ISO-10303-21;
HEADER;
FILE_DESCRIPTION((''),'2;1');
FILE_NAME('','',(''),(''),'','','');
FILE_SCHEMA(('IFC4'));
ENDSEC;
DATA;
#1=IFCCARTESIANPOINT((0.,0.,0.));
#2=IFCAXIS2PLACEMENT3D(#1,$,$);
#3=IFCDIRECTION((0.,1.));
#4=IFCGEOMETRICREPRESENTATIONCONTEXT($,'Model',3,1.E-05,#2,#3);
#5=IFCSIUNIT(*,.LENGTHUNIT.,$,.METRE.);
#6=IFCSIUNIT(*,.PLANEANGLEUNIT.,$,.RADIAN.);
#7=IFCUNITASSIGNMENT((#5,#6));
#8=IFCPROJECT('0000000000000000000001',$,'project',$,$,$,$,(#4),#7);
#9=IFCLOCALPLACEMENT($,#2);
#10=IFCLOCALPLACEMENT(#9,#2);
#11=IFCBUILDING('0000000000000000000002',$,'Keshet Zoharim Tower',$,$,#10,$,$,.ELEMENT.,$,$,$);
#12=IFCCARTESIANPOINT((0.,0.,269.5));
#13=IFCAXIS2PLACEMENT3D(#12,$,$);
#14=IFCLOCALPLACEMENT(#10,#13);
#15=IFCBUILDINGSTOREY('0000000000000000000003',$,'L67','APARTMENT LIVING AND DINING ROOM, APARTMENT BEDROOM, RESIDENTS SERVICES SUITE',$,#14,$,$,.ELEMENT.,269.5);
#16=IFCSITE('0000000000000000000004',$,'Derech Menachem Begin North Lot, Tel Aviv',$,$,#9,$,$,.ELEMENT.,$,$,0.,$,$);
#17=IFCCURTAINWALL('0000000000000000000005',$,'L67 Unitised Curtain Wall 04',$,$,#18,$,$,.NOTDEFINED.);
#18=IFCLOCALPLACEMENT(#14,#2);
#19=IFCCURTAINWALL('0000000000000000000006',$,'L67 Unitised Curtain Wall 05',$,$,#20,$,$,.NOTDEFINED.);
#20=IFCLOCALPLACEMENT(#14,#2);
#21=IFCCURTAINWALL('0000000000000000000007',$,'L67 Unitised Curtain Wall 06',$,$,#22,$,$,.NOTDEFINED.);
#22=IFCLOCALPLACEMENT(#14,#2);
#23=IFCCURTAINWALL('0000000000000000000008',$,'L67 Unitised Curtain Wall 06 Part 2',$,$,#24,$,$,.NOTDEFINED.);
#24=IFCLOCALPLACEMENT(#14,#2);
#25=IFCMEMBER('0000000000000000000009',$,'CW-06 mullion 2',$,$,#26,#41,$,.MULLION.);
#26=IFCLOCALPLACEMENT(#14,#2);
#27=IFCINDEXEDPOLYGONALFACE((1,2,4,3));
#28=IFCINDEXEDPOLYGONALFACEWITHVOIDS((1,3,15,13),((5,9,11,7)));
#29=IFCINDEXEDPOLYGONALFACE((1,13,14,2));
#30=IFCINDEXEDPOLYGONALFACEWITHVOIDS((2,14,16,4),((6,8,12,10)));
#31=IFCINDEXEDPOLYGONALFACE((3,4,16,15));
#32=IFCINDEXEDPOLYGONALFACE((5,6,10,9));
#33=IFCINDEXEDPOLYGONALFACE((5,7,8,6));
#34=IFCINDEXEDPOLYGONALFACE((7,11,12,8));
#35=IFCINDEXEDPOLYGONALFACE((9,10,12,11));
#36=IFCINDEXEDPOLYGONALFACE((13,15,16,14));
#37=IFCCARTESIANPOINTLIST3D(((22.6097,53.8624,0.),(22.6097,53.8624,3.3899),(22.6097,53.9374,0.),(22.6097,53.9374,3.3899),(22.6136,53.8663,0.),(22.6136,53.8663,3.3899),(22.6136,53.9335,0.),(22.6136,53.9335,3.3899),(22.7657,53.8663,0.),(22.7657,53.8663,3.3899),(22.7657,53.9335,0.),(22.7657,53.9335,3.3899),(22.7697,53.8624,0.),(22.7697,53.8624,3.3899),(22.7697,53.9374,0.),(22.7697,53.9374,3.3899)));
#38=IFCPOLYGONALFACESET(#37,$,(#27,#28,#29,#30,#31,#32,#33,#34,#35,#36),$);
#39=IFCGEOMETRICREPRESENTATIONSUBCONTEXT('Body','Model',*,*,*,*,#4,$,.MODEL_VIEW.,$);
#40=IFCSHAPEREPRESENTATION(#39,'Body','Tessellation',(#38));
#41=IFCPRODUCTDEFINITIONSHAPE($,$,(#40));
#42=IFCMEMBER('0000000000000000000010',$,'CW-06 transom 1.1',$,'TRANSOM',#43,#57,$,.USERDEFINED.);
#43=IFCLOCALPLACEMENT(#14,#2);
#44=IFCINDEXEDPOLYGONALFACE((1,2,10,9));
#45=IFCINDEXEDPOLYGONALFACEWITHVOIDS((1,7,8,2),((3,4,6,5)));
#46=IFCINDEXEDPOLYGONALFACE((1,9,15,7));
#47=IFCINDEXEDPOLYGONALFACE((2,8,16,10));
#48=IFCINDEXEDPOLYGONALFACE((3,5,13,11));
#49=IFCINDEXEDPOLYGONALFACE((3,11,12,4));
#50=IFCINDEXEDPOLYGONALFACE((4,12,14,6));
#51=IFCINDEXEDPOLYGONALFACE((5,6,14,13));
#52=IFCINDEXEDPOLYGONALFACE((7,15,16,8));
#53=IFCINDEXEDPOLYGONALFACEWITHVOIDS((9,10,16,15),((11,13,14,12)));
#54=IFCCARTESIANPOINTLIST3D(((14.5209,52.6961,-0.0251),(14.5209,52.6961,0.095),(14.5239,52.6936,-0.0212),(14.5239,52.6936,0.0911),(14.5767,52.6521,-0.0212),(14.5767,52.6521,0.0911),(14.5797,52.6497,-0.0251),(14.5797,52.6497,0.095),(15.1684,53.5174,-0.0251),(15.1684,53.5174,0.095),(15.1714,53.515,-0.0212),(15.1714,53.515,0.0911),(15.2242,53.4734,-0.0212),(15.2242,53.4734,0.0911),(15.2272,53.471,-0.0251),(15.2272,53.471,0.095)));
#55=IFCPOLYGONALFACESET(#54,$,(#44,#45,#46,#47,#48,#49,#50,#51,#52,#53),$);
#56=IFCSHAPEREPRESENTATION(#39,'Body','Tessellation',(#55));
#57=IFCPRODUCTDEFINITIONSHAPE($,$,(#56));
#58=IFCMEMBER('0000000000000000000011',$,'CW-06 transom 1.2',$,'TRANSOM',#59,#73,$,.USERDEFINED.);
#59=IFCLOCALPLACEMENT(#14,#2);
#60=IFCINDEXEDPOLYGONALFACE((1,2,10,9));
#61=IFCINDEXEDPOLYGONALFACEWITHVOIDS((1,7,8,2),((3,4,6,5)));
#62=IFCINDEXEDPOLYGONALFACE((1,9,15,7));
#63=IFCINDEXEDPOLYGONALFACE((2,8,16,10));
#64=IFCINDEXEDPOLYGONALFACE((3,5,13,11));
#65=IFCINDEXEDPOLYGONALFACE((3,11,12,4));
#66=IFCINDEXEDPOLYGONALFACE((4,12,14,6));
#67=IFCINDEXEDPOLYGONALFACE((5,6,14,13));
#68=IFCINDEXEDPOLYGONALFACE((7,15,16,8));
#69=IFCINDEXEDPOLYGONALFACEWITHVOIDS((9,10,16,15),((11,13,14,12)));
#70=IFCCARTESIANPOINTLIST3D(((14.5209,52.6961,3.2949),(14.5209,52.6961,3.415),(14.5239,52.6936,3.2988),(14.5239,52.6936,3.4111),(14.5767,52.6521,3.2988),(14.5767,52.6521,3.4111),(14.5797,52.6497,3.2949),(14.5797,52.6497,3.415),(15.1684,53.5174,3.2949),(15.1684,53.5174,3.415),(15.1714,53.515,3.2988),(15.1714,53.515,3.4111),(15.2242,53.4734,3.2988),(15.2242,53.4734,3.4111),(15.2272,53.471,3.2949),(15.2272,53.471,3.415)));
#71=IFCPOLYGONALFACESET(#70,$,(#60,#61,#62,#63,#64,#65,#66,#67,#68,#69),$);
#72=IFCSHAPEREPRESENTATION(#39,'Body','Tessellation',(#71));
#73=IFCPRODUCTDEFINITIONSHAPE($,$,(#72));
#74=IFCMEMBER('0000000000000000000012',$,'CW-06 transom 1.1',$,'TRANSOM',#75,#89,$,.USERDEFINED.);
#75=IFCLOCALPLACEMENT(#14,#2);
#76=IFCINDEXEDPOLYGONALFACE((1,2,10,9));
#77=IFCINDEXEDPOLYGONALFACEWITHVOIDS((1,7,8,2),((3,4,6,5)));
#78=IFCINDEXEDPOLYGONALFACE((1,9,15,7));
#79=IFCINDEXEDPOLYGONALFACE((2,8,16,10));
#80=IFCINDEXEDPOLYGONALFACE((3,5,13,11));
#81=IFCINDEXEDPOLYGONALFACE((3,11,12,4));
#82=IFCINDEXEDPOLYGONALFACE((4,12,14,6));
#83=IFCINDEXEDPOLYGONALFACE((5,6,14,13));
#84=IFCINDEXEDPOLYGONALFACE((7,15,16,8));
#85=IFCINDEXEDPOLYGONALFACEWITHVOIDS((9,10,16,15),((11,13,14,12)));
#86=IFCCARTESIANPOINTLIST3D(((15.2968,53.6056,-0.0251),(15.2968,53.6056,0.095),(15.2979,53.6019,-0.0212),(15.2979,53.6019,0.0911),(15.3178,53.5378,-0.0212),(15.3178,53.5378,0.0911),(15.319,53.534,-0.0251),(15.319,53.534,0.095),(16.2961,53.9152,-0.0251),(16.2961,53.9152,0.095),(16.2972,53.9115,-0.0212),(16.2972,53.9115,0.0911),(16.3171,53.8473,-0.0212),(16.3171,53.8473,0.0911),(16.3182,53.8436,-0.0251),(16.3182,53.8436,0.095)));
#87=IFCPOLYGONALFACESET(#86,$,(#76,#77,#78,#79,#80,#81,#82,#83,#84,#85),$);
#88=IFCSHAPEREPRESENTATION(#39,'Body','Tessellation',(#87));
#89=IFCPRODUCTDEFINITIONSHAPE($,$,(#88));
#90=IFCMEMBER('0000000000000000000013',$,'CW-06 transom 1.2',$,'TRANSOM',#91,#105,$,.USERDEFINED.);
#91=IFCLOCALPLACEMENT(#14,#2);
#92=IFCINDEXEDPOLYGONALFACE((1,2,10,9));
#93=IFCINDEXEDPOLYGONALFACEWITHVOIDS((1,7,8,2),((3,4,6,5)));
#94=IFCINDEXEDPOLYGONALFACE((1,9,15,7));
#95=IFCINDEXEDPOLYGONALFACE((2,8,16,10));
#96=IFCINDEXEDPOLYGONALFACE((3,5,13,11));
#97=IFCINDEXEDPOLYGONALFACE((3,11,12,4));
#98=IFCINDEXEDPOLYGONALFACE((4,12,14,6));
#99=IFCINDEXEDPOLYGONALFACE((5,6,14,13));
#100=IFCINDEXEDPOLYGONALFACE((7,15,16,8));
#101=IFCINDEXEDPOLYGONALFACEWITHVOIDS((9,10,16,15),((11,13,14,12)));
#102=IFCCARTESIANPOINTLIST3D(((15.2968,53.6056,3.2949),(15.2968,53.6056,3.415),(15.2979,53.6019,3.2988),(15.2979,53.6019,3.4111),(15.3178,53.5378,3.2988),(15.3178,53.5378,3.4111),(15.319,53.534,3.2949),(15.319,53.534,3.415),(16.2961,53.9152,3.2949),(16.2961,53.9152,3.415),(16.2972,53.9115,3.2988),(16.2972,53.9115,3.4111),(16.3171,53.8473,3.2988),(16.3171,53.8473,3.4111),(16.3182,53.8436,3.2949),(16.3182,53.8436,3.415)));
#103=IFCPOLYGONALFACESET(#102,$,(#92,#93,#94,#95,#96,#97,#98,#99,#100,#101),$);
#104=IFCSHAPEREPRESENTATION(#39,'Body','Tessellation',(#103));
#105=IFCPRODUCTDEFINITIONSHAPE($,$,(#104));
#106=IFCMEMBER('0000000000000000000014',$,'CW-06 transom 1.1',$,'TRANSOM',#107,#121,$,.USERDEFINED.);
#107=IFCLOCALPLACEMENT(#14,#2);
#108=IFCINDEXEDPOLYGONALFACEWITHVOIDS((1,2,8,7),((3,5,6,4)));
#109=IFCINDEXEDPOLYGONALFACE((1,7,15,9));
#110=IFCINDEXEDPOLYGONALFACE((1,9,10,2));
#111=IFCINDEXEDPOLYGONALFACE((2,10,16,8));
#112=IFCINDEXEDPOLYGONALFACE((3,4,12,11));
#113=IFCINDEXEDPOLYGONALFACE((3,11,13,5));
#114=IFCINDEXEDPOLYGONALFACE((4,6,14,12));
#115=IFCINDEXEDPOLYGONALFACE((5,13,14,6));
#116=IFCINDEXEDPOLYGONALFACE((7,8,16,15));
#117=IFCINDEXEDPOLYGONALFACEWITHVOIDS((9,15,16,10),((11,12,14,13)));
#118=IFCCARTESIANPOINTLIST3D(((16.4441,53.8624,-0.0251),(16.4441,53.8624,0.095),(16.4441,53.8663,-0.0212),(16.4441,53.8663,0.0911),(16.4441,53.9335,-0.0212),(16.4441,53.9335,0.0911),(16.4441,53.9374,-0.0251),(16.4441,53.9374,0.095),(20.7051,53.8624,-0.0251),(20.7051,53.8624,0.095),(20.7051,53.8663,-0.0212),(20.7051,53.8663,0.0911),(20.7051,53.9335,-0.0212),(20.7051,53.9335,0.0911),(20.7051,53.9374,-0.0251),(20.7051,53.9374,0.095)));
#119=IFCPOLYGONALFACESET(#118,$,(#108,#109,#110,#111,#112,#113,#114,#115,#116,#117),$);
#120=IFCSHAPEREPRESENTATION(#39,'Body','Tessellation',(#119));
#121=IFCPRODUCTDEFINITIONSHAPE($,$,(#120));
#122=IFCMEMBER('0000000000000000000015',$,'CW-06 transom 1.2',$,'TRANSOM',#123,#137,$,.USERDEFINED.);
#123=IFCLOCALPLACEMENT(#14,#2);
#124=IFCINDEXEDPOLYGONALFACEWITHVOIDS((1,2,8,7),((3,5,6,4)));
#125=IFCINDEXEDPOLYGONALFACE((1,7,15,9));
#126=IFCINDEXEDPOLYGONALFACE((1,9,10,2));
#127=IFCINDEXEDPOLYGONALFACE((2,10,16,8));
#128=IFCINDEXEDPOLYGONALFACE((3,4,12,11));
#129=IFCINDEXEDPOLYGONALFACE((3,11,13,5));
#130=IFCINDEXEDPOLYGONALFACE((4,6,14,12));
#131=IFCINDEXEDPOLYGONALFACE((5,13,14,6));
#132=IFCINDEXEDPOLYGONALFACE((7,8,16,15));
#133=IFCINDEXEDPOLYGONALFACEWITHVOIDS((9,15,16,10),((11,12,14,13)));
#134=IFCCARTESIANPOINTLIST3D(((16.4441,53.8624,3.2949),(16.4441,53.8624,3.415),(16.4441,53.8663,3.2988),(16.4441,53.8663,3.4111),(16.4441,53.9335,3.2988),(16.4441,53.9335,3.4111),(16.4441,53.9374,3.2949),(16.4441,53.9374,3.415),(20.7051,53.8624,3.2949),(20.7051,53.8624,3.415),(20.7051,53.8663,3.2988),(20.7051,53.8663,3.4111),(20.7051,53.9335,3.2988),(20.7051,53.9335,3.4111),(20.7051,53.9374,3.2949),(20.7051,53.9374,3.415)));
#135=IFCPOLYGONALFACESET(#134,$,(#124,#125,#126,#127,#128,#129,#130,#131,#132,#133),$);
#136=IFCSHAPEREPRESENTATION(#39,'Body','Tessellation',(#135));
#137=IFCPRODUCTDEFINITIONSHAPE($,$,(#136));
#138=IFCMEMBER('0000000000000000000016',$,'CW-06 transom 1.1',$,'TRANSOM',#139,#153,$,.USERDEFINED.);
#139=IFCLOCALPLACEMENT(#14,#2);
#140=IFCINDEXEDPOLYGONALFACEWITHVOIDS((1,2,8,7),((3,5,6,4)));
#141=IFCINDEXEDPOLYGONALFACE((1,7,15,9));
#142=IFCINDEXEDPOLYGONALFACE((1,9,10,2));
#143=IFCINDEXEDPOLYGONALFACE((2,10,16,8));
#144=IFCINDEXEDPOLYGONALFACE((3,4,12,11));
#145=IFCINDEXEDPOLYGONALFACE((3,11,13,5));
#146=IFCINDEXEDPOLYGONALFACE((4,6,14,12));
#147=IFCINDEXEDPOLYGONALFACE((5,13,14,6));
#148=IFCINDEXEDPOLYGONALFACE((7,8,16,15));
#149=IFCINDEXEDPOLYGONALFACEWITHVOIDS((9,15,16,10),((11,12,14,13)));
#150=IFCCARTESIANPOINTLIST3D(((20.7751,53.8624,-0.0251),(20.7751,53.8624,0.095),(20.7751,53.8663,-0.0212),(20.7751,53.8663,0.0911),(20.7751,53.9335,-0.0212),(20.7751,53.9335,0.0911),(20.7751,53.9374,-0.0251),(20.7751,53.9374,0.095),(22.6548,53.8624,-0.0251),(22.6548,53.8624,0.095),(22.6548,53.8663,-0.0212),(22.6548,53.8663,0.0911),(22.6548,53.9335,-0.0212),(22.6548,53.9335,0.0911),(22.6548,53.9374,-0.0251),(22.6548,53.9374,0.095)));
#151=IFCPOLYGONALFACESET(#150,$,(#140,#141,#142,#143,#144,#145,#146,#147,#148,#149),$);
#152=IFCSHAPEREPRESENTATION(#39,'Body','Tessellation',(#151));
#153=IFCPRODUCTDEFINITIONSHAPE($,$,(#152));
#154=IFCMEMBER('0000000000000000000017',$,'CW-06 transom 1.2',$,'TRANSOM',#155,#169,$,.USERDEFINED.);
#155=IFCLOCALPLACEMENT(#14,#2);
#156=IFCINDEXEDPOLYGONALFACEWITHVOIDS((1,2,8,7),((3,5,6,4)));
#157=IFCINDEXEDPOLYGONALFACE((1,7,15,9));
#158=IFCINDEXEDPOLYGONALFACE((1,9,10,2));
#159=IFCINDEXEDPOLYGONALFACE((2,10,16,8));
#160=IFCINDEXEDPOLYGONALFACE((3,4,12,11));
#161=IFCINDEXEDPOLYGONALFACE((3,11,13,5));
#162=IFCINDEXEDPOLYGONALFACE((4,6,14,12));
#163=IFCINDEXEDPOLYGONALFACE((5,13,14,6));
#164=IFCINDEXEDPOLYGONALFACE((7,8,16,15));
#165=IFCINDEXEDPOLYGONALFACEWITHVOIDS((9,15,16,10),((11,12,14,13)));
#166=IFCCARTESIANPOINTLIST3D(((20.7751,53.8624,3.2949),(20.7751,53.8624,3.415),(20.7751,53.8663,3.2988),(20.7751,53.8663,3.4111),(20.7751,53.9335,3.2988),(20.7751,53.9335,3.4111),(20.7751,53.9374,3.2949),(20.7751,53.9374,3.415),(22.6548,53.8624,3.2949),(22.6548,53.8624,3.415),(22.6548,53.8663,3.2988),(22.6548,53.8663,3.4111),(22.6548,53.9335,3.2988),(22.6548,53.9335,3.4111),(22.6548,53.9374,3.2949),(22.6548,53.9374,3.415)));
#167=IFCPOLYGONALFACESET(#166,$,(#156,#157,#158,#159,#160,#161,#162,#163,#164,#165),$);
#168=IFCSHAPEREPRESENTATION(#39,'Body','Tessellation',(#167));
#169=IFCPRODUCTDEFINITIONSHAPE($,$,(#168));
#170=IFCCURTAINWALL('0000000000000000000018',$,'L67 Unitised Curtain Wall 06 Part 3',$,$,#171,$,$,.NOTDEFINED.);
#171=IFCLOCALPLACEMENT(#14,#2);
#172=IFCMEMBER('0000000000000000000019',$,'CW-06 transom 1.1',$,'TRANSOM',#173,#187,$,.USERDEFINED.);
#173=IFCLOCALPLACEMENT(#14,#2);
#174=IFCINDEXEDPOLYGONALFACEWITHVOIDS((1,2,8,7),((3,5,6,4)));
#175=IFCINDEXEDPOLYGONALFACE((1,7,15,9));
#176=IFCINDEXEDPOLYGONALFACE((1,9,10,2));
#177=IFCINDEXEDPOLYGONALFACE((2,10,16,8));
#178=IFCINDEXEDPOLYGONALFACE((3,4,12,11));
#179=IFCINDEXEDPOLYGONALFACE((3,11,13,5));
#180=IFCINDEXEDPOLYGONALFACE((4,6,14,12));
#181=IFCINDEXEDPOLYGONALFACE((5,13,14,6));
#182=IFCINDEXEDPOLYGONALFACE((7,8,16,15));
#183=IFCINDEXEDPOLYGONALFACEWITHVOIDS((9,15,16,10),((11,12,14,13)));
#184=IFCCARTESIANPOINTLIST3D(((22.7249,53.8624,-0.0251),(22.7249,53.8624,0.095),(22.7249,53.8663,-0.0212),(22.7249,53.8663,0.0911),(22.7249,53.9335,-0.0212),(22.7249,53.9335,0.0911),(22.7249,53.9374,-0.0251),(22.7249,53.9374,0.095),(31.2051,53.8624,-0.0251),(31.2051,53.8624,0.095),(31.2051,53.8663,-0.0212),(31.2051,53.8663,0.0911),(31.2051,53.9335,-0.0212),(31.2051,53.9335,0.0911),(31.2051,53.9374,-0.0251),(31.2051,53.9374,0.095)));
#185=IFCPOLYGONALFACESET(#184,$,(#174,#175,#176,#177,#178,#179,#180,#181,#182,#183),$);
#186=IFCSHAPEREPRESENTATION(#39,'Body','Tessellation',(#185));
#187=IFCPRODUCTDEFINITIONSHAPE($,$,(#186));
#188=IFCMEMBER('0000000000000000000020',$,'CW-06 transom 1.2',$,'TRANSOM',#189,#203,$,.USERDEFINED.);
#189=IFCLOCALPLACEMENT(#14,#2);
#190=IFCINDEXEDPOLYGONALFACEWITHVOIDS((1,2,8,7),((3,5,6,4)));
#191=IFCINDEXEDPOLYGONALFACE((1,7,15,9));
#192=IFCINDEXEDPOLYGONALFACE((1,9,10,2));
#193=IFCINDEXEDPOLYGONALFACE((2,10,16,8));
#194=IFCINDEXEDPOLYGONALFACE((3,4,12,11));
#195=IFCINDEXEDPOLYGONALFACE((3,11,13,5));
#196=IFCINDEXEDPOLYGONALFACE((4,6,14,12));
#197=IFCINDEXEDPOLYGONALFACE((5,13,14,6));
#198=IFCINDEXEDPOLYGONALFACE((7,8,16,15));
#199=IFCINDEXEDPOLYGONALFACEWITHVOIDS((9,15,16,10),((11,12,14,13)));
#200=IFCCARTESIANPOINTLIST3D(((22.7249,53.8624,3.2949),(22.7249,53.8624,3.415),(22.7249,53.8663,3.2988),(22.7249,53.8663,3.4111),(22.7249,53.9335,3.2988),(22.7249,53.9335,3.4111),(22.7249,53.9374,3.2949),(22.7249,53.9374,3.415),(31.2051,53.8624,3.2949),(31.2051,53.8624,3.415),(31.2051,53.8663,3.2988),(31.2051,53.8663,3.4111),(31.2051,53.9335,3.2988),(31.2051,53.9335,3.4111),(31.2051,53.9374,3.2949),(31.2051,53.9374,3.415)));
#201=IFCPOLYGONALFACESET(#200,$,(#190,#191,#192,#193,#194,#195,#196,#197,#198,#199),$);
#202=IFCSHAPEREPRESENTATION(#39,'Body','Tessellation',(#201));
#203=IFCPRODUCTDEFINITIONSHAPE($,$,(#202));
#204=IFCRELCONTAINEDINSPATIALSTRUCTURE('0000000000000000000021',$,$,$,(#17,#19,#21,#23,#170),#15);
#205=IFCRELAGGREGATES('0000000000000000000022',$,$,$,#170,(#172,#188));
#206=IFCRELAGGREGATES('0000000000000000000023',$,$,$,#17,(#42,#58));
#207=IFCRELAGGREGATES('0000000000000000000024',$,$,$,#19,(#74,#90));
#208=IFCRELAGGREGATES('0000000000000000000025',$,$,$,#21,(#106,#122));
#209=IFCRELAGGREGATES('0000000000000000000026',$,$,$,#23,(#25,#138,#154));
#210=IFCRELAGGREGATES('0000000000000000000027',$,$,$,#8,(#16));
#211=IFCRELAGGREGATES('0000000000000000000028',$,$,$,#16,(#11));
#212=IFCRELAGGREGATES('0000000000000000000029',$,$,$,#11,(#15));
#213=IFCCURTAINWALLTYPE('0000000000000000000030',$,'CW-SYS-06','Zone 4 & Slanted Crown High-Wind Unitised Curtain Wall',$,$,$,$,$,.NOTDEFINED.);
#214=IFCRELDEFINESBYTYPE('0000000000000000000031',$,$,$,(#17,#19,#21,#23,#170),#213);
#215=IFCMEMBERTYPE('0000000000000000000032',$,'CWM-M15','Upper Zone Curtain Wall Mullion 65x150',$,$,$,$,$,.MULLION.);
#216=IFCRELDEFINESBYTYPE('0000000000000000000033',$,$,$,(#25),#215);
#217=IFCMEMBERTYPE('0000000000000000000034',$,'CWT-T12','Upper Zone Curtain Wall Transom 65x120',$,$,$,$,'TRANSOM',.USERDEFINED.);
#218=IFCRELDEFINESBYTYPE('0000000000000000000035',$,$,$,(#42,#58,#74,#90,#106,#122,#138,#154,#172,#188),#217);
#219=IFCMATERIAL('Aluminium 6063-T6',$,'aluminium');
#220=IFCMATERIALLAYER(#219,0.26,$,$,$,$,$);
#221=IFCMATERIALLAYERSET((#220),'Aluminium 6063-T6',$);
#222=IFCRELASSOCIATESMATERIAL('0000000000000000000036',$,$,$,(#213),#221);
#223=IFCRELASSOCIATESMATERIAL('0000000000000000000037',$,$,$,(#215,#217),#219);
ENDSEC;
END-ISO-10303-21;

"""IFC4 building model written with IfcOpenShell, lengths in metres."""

from ifc_helpers import new_model, si_unit, direction, frame, origin, origin_2d, place, context, subcontext, project, spatial, hollow_rectangle, extrude, material, layer, layer_set, material_profile, profile_set, type_object, element, aggregate, save


model = new_model("IFC4")

# Units and contexts
model_context = context("Model", 3, precision=1e-05, world=origin(), true_north=direction((0.0, 1.0)))
body_context = subcontext(model_context, "Body", "Model", "MODEL_VIEW")
ifc_project = project(units=[si_unit("LENGTHUNIT", "METRE"), si_unit("PLANEANGLEUNIT", "RADIAN")], contexts=[model_context])

# Site, building, storey
site_placement = place(None, origin())
site = spatial("IfcSite", under=ifc_project, at=site_placement, Name="Derech Menachem Begin North Lot, Tel Aviv", CompositionType="ELEMENT", RefElevation=0.0)
building_placement = place(site_placement, origin())
building = spatial("IfcBuilding", under=site, at=building_placement, Name="Keshet Zoharim Tower", CompositionType="ELEMENT")
storey_placement = place(building_placement, frame((0.0, 0.0, 269.5)))
storey = spatial("IfcBuildingStorey", under=building, at=storey_placement, Name="L67", Description="APARTMENT LIVING AND DINING ROOM, APARTMENT BEDROOM, RESIDENTS SERVICES SUITE", CompositionType="ELEMENT", Elevation=269.5)

# Curtain wall
ifc_material_1 = material(Name="Aluminium 6063-T6", Category="aluminium")
ifc_layer_1 = layer(ifc_material_1, 0.26)
ifc_layer_set_1 = layer_set([ifc_layer_1], Name="Aluminium 6063-T6")
curtain_wall_type = type_object("IfcCurtainWallType", Name="CW-SYS-06", Description="Zone 4 & Slanted Crown High-Wind Unitised Curtain Wall", PredefinedType="NOTDEFINED", material=ifc_layer_set_1)
curtain_wall_1_placement = place(storey_placement, origin())
curtain_wall_1 = element("IfcCurtainWall", 1, at=curtain_wall_1_placement, inside=storey, type_object=curtain_wall_type, Name="L67 Unitised Curtain Wall 04", PredefinedType="NOTDEFINED")
ifc_material_profile_1 = material_profile(ifc_material_1, hollow_rectangle(XDim=0.075, YDim=0.1599, WallThickness=0.0039, at=origin_2d()), Name="MUL-75x160")
ifc_profile_set_1 = profile_set([ifc_material_profile_1], Name="Aluminium 6063-T6")
member_type_1 = type_object("IfcMemberType", Name="CWM-M15", Description="Upper Zone Curtain Wall Mullion 65x150", PredefinedType="MULLION", material=ifc_profile_set_1)

# Curtain walls
curtain_wall_2_placement = place(storey_placement, origin())
curtain_wall_2 = element("IfcCurtainWall", 2, at=curtain_wall_2_placement, inside=storey, type_object=curtain_wall_type, Name="L67 Unitised Curtain Wall 05", PredefinedType="NOTDEFINED")
curtain_wall_3_placement = place(storey_placement, origin())
curtain_wall_3 = element("IfcCurtainWall", 3, at=curtain_wall_3_placement, inside=storey, type_object=curtain_wall_type, Name="L67 Unitised Curtain Wall 06", PredefinedType="NOTDEFINED")

# Curtain wall, member
curtain_wall_4_placement = place(storey_placement, origin())
curtain_wall_4 = element("IfcCurtainWall", 4, at=curtain_wall_4_placement, inside=storey, type_object=curtain_wall_type, Name="L67 Unitised Curtain Wall 06 Part 2", PredefinedType="NOTDEFINED")
member_1_placement = place(storey_placement, frame((22.6897, 53.8999, 0.0), z_axis=(0.0, 0.0, 1.0), x_axis=(0.0, 1.0, 0.0)))
member_1 = element("IfcMember", 5, at=member_1_placement, type_object=member_type_1, Name="CW-06 mullion 2", PredefinedType="MULLION", context=body_context, shape_type="SweptSolid", body=[
    extrude(hollow_rectangle(XDim=0.075, YDim=0.1599, WallThickness=0.0039, at=origin_2d()), origin(), (0.0, 0.0, 1.0), 3.3899),
])

# Members
ifc_material_profile_2 = material_profile(ifc_material_1, hollow_rectangle(XDim=0.075, YDim=0.1201, WallThickness=0.0039, at=origin_2d()), Name="TRN-75x120")
ifc_profile_set_2 = profile_set([ifc_material_profile_2], Name="Aluminium 6063-T6")
member_type_2 = type_object("IfcMemberType", Name="CWT-T12", Description="Upper Zone Curtain Wall Transom 65x120", ElementType="TRANSOM", PredefinedType="USERDEFINED", material=ifc_profile_set_2)
member_2_placement = place(storey_placement, frame((14.5503, 52.6729, 0.0349), z_axis=(0.619099, 0.785313, 0.0), x_axis=(-0.785313, 0.619099, 0.0)))
member_2 = element("IfcMember", 6, at=member_2_placement, type_object=member_type_2, Name="CW-06 transom 1.1", ObjectType="TRANSOM", PredefinedType="USERDEFINED", context=body_context, shape_type="SweptSolid", body=[
    extrude(hollow_rectangle(XDim=0.075, YDim=0.1201, WallThickness=0.0039, at=origin_2d()), origin(), (0.0, 0.0, 1.0), 1.0459),
])
member_3_placement = place(storey_placement, frame((14.5503, 52.6729, 3.355), z_axis=(0.619099, 0.785313, 0.0), x_axis=(-0.785313, 0.619099, 0.0)))
member_3 = element("IfcMember", 7, at=member_3_placement, type_object=member_type_2, Name="CW-06 transom 1.2", ObjectType="TRANSOM", PredefinedType="USERDEFINED", context=body_context, shape_type="SweptSolid", body=[
    extrude(hollow_rectangle(XDim=0.075, YDim=0.1201, WallThickness=0.0039, at=origin_2d()), origin(), (0.0, 0.0, 1.0), 1.0459),
])
member_4_placement = place(storey_placement, frame((15.3079, 53.5698, 0.0349), z_axis=(0.955212, 0.295922, 0.0), x_axis=(-0.295922, 0.955212, 0.0)))
member_4 = element("IfcMember", 8, at=member_4_placement, type_object=member_type_2, Name="CW-06 transom 1.1", ObjectType="TRANSOM", PredefinedType="USERDEFINED", context=body_context, shape_type="SweptSolid", body=[
    extrude(hollow_rectangle(XDim=0.075, YDim=0.1201, WallThickness=0.0039, at=origin_2d()), origin(), (0.0, 0.0, 1.0), 1.0461),
])
member_5_placement = place(storey_placement, frame((15.3079, 53.5698, 3.355), z_axis=(0.955212, 0.295922, 0.0), x_axis=(-0.295922, 0.955212, 0.0)))
member_5 = element("IfcMember", 9, at=member_5_placement, type_object=member_type_2, Name="CW-06 transom 1.2", ObjectType="TRANSOM", PredefinedType="USERDEFINED", context=body_context, shape_type="SweptSolid", body=[
    extrude(hollow_rectangle(XDim=0.075, YDim=0.1201, WallThickness=0.0039, at=origin_2d()), origin(), (0.0, 0.0, 1.0), 1.0461),
])
member_6_placement = place(storey_placement, frame((16.4441, 53.8999, 0.0349), z_axis=(1.0, 0.0, 0.0), x_axis=(0.0, 1.0, 0.0)))
member_6 = element("IfcMember", 10, at=member_6_placement, type_object=member_type_2, Name="CW-06 transom 1.1", ObjectType="TRANSOM", PredefinedType="USERDEFINED", context=body_context, shape_type="SweptSolid", body=[
    extrude(hollow_rectangle(XDim=0.075, YDim=0.1201, WallThickness=0.0039, at=origin_2d()), origin(), (0.0, 0.0, 1.0), 4.261),
])
member_7_placement = place(storey_placement, frame((16.4441, 53.8999, 3.355), z_axis=(1.0, 0.0, 0.0), x_axis=(0.0, 1.0, 0.0)))
member_7 = element("IfcMember", 11, at=member_7_placement, type_object=member_type_2, Name="CW-06 transom 1.2", ObjectType="TRANSOM", PredefinedType="USERDEFINED", context=body_context, shape_type="SweptSolid", body=[
    extrude(hollow_rectangle(XDim=0.075, YDim=0.1201, WallThickness=0.0039, at=origin_2d()), origin(), (0.0, 0.0, 1.0), 4.261),
])
member_8_placement = place(storey_placement, frame((20.7751, 53.8999, 0.0349), z_axis=(1.0, 0.0, 0.0), x_axis=(0.0, 1.0, 0.0)))
member_8 = element("IfcMember", 12, at=member_8_placement, type_object=member_type_2, Name="CW-06 transom 1.1", ObjectType="TRANSOM", PredefinedType="USERDEFINED", context=body_context, shape_type="SweptSolid", body=[
    extrude(hollow_rectangle(XDim=0.075, YDim=0.1201, WallThickness=0.0039, at=origin_2d()), origin(), (0.0, 0.0, 1.0), 1.8796),
])
member_9_placement = place(storey_placement, frame((20.7751, 53.8999, 3.355), z_axis=(1.0, 0.0, 0.0), x_axis=(0.0, 1.0, 0.0)))
member_9 = element("IfcMember", 13, at=member_9_placement, type_object=member_type_2, Name="CW-06 transom 1.2", ObjectType="TRANSOM", PredefinedType="USERDEFINED", context=body_context, shape_type="SweptSolid", body=[
    extrude(hollow_rectangle(XDim=0.075, YDim=0.1201, WallThickness=0.0039, at=origin_2d()), origin(), (0.0, 0.0, 1.0), 1.8796),
])

# Curtain wall, members
curtain_wall_5_placement = place(storey_placement, origin())
curtain_wall_5 = element("IfcCurtainWall", 14, at=curtain_wall_5_placement, inside=storey, type_object=curtain_wall_type, Name="L67 Unitised Curtain Wall 06 Part 3", PredefinedType="NOTDEFINED")
member_10_placement = place(storey_placement, frame((22.7249, 53.8999, 0.0349), z_axis=(1.0, 0.0, 0.0), x_axis=(0.0, 1.0, 0.0)))
member_10 = element("IfcMember", 15, at=member_10_placement, type_object=member_type_2, Name="CW-06 transom 1.1", ObjectType="TRANSOM", PredefinedType="USERDEFINED", context=body_context, shape_type="SweptSolid", body=[
    extrude(hollow_rectangle(XDim=0.075, YDim=0.1201, WallThickness=0.0039, at=origin_2d()), origin(), (0.0, 0.0, 1.0), 8.4802),
])
member_11_placement = place(storey_placement, frame((22.7249, 53.8999, 3.355), z_axis=(1.0, 0.0, 0.0), x_axis=(0.0, 1.0, 0.0)))
member_11 = element("IfcMember", 16, at=member_11_placement, type_object=member_type_2, Name="CW-06 transom 1.2", ObjectType="TRANSOM", PredefinedType="USERDEFINED", context=body_context, shape_type="SweptSolid", body=[
    extrude(hollow_rectangle(XDim=0.075, YDim=0.1201, WallThickness=0.0039, at=origin_2d()), origin(), (0.0, 0.0, 1.0), 8.4802),
])
aggregate(curtain_wall_5, [member_10, member_11])

aggregate(curtain_wall_1, [member_2, member_3])
aggregate(curtain_wall_2, [member_4, member_5])
aggregate(curtain_wall_3, [member_6, member_7])
aggregate(curtain_wall_4, [member_1, member_8, member_9])

save(model, "model.ifc")
